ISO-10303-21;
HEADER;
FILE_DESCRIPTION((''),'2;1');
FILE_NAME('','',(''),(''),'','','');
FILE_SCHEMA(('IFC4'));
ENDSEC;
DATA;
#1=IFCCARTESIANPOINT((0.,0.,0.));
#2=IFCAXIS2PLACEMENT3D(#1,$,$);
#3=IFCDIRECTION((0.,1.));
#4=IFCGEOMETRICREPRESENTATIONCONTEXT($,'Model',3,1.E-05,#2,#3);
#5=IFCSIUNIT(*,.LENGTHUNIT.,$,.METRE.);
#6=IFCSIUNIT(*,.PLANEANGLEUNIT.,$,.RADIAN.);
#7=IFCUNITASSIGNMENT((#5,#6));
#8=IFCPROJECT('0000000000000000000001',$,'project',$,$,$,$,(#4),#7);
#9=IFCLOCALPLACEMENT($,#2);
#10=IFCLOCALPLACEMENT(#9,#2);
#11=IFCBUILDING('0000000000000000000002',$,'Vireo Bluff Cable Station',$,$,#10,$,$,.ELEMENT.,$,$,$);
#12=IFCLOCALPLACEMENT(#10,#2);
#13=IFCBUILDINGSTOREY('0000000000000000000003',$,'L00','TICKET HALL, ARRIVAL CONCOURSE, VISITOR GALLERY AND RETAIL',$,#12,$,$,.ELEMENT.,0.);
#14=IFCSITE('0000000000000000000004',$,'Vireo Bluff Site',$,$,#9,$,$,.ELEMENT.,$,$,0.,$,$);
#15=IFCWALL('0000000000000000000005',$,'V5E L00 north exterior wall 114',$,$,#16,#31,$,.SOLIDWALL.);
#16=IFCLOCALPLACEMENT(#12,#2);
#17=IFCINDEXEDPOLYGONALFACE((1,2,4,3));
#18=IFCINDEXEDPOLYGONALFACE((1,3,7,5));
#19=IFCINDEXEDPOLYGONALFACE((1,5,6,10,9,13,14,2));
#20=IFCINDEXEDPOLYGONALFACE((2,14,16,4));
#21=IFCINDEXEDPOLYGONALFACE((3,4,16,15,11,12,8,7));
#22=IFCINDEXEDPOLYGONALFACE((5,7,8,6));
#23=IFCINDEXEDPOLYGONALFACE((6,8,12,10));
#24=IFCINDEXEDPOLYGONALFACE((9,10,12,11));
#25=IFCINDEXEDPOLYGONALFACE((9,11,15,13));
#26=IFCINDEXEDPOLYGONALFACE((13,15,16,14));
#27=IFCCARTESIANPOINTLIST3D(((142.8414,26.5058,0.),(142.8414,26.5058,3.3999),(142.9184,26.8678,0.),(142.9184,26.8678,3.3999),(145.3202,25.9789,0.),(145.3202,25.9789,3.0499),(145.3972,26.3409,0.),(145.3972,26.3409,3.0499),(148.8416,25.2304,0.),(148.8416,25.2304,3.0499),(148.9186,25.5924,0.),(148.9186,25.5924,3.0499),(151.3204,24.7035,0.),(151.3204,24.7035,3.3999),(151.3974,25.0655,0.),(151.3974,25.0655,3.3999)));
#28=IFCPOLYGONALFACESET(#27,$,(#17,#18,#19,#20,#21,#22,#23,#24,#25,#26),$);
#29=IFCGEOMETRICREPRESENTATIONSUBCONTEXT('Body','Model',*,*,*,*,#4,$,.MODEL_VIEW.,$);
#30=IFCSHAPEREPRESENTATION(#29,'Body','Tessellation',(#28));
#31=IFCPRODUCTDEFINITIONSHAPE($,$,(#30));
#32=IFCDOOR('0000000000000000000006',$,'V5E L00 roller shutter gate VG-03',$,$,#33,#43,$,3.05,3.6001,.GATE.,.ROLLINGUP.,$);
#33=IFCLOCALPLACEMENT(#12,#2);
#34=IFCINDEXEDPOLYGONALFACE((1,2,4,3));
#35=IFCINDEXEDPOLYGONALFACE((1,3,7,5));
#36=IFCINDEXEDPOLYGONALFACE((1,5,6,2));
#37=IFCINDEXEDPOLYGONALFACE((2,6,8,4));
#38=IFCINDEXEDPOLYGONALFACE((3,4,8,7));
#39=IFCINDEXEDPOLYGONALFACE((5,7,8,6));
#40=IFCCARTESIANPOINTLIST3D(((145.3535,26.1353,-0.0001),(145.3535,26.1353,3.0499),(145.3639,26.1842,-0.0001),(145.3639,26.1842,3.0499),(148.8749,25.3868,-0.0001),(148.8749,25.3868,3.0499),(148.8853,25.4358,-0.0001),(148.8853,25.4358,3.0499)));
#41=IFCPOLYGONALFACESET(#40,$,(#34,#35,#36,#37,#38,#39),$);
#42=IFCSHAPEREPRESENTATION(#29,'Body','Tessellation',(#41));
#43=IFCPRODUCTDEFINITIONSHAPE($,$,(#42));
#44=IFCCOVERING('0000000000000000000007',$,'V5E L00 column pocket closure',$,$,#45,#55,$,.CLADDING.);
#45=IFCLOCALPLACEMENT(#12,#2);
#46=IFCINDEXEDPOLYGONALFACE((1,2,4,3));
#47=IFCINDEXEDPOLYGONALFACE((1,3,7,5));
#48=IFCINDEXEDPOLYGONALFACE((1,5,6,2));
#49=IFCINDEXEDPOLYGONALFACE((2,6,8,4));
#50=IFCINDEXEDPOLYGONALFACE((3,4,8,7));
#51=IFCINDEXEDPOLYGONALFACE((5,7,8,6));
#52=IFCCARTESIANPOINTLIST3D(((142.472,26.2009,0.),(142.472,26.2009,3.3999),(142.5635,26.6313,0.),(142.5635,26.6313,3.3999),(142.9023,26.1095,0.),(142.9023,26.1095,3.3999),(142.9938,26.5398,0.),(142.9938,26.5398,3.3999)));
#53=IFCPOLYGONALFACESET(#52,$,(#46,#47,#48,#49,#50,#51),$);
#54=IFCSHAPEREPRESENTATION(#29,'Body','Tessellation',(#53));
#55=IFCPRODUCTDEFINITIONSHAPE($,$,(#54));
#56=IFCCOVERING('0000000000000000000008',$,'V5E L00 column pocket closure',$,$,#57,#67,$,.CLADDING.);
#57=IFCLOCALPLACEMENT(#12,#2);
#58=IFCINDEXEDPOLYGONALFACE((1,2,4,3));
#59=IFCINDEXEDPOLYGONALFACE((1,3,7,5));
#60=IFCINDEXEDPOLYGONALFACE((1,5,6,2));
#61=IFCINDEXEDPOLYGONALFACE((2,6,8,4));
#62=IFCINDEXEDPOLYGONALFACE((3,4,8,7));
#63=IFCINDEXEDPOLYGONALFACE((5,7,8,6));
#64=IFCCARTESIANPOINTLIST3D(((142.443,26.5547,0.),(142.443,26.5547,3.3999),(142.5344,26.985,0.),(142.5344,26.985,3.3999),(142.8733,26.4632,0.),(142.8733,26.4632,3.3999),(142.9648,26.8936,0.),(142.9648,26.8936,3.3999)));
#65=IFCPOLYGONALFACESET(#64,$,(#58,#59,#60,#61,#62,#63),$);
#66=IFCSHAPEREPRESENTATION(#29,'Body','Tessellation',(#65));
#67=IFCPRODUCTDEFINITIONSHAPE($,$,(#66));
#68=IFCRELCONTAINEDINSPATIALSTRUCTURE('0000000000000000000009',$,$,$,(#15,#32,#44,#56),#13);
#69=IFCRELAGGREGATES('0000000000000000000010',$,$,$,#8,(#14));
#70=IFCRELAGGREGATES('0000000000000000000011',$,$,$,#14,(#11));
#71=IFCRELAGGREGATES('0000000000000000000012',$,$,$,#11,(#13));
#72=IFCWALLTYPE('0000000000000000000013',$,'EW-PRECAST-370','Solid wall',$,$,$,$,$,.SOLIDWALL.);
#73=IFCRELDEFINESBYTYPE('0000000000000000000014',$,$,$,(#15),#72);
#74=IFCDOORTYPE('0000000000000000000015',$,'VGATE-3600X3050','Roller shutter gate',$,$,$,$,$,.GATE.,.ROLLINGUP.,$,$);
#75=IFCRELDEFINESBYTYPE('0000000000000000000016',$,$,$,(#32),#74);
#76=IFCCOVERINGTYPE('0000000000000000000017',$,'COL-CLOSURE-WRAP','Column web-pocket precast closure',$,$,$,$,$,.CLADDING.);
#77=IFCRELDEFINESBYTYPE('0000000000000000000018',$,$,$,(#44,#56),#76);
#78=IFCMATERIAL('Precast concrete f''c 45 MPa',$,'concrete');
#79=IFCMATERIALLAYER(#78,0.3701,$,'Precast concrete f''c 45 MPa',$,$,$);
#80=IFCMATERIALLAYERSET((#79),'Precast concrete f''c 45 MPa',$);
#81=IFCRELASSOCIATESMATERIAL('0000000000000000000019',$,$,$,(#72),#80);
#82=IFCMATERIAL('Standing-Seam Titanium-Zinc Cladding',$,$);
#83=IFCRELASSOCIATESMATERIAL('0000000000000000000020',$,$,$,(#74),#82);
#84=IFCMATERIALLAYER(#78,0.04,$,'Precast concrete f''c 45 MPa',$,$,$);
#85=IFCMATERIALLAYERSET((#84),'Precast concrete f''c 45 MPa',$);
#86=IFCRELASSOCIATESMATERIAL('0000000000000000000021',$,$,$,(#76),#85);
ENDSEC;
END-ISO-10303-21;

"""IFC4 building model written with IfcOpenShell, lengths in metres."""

from ifc_helpers import new_model, si_unit, direction, frame, frame_2d, origin, origin_with_axes, origin_2d, place, context, subcontext, project, spatial, rectangle, extrude, material, layer, layer_set, type_object, element, fill, save


model = new_model("IFC4")

# Units and contexts
model_context = context("Model", 3, precision=1e-05, world=origin(), true_north=direction((0.0, 1.0)))
body_context = subcontext(model_context, "Body", "Model", "MODEL_VIEW")
ifc_project = project(units=[si_unit("LENGTHUNIT", "METRE"), si_unit("PLANEANGLEUNIT", "RADIAN")], contexts=[model_context])

# Site, building, storey
site_placement = place(None, origin())
site = spatial("IfcSite", under=ifc_project, at=site_placement, Name="Vireo Bluff Site", CompositionType="ELEMENT", RefElevation=0.0)
building_placement = place(site_placement, origin())
building = spatial("IfcBuilding", under=site, at=building_placement, Name="Vireo Bluff Cable Station", CompositionType="ELEMENT")
storey_placement = place(building_placement, origin())
storey = spatial("IfcBuildingStorey", under=building, at=storey_placement, Name="L00", Description="TICKET HALL, ARRIVAL CONCOURSE, VISITOR GALLERY AND RETAIL", CompositionType="ELEMENT", Elevation=0.0)

# Wall, opening, door
ifc_material_1 = material(Name="Precast concrete f'c 45 MPa", Category="concrete")
ifc_layer_1 = layer(ifc_material_1, 0.3701, Name="Precast concrete f'c 45 MPa")
ifc_layer_set_1 = layer_set([ifc_layer_1], Name="Precast concrete f'c 45 MPa")
wall_type = type_object("IfcWallType", Name="EW-PRECAST-370", Description="Solid wall", PredefinedType="SOLIDWALL", material=ifc_layer_set_1)
wall_placement = place(storey_placement, frame((142.8799, 26.6868, 0.0), z_axis=(0.0, 0.0, 1.0), x_axis=(0.978148, -0.207909, 0.0)))
wall = element("IfcWall", 1, at=wall_placement, inside=storey, type_object=wall_type, Name="V5E L00 north exterior wall 114", PredefinedType="SOLIDWALL", context=body_context, shape_type="SweptSolid", body=[
    extrude(rectangle(XDim=8.6685, YDim=0.3701, at=frame_2d((4.3342, 0.0))), origin(), (0.0, 0.0, 1.0), 3.3999),
])
opening_placement = place(wall_placement, frame((2.5342, 0.0, 0.0)))
opening = element("IfcOpeningElement", 2, at=opening_placement, cuts=wall, PredefinedType="OPENING", context=body_context, shape_type="SweptSolid", body=[
    extrude(rectangle(XDim=3.6001, YDim=3.05, at=frame_2d((1.8, 1.5249))), frame((0.0, 0.1951, 0.0), z_axis=(0.0, -1.0, 0.0), x_axis=(1.0, 0.0, 0.0)), (0.0, 0.0, 1.0), 0.3901),
])
ifc_material_2 = material(Name="Standing-Seam Titanium-Zinc Cladding")
door_type = type_object("IfcDoorType", Name="VGATE-3600X3050", Description="Roller shutter gate", OperationType="ROLLINGUP", PredefinedType="GATE", material=ifc_material_2)
door_placement = place(opening_placement, origin_with_axes())
door = element("IfcDoor", 3, at=door_placement, inside=storey, type_object=door_type, Name="V5E L00 roller shutter gate VG-03", OperationType="ROLLINGUP", OverallHeight=3.05, OverallWidth=3.6001, PredefinedType="GATE", context=body_context, shape_type="SweptSolid", body=[
    extrude(rectangle(XDim=3.6001, YDim=3.05, at=frame_2d((1.8, 1.5249))), frame((0.0, 0.0249, 0.0), z_axis=(0.0, -1.0, 0.0), x_axis=(1.0, 0.0, 0.0)), (0.0, 0.0, 1.0), 0.05),
])
fill(opening, door)

# Coverings
ifc_layer_2 = layer(ifc_material_1, 0.04, Name="Precast concrete f'c 45 MPa")
ifc_layer_set_2 = layer_set([ifc_layer_2], Name="Precast concrete f'c 45 MPa")
covering_type = type_object("IfcCoveringType", Name="COL-CLOSURE-WRAP", Description="Column web-pocket precast closure", PredefinedType="CLADDING", material=ifc_layer_set_2)
for number, where, z_axis, x_axis, name in (
    (4, (142.7329, 26.3704, 0.0), (0.0, 0.0, 1.0), (0.978148, -0.207912, 0.0), "V5E L00 column pocket closure"),
    (5, (142.7039, 26.7241, 0.0), (0.0, 0.0, 1.0), (0.978148, -0.207912, 0.0), "V5E L00 column pocket closure"),
):
    element("IfcCovering", number, at=place(storey_placement, frame(where, z_axis=z_axis, x_axis=x_axis)), inside=storey, type_object=covering_type, Name=name, PredefinedType="CLADDING", context=body_context, shape_type="SweptSolid", body=[
        extrude(rectangle(XDim=0.4399, YDim=0.4399, at=origin_2d()), origin(), (0.0, 0.0, 1.0), 3.3999),
    ])

save(model, "model.ifc")
